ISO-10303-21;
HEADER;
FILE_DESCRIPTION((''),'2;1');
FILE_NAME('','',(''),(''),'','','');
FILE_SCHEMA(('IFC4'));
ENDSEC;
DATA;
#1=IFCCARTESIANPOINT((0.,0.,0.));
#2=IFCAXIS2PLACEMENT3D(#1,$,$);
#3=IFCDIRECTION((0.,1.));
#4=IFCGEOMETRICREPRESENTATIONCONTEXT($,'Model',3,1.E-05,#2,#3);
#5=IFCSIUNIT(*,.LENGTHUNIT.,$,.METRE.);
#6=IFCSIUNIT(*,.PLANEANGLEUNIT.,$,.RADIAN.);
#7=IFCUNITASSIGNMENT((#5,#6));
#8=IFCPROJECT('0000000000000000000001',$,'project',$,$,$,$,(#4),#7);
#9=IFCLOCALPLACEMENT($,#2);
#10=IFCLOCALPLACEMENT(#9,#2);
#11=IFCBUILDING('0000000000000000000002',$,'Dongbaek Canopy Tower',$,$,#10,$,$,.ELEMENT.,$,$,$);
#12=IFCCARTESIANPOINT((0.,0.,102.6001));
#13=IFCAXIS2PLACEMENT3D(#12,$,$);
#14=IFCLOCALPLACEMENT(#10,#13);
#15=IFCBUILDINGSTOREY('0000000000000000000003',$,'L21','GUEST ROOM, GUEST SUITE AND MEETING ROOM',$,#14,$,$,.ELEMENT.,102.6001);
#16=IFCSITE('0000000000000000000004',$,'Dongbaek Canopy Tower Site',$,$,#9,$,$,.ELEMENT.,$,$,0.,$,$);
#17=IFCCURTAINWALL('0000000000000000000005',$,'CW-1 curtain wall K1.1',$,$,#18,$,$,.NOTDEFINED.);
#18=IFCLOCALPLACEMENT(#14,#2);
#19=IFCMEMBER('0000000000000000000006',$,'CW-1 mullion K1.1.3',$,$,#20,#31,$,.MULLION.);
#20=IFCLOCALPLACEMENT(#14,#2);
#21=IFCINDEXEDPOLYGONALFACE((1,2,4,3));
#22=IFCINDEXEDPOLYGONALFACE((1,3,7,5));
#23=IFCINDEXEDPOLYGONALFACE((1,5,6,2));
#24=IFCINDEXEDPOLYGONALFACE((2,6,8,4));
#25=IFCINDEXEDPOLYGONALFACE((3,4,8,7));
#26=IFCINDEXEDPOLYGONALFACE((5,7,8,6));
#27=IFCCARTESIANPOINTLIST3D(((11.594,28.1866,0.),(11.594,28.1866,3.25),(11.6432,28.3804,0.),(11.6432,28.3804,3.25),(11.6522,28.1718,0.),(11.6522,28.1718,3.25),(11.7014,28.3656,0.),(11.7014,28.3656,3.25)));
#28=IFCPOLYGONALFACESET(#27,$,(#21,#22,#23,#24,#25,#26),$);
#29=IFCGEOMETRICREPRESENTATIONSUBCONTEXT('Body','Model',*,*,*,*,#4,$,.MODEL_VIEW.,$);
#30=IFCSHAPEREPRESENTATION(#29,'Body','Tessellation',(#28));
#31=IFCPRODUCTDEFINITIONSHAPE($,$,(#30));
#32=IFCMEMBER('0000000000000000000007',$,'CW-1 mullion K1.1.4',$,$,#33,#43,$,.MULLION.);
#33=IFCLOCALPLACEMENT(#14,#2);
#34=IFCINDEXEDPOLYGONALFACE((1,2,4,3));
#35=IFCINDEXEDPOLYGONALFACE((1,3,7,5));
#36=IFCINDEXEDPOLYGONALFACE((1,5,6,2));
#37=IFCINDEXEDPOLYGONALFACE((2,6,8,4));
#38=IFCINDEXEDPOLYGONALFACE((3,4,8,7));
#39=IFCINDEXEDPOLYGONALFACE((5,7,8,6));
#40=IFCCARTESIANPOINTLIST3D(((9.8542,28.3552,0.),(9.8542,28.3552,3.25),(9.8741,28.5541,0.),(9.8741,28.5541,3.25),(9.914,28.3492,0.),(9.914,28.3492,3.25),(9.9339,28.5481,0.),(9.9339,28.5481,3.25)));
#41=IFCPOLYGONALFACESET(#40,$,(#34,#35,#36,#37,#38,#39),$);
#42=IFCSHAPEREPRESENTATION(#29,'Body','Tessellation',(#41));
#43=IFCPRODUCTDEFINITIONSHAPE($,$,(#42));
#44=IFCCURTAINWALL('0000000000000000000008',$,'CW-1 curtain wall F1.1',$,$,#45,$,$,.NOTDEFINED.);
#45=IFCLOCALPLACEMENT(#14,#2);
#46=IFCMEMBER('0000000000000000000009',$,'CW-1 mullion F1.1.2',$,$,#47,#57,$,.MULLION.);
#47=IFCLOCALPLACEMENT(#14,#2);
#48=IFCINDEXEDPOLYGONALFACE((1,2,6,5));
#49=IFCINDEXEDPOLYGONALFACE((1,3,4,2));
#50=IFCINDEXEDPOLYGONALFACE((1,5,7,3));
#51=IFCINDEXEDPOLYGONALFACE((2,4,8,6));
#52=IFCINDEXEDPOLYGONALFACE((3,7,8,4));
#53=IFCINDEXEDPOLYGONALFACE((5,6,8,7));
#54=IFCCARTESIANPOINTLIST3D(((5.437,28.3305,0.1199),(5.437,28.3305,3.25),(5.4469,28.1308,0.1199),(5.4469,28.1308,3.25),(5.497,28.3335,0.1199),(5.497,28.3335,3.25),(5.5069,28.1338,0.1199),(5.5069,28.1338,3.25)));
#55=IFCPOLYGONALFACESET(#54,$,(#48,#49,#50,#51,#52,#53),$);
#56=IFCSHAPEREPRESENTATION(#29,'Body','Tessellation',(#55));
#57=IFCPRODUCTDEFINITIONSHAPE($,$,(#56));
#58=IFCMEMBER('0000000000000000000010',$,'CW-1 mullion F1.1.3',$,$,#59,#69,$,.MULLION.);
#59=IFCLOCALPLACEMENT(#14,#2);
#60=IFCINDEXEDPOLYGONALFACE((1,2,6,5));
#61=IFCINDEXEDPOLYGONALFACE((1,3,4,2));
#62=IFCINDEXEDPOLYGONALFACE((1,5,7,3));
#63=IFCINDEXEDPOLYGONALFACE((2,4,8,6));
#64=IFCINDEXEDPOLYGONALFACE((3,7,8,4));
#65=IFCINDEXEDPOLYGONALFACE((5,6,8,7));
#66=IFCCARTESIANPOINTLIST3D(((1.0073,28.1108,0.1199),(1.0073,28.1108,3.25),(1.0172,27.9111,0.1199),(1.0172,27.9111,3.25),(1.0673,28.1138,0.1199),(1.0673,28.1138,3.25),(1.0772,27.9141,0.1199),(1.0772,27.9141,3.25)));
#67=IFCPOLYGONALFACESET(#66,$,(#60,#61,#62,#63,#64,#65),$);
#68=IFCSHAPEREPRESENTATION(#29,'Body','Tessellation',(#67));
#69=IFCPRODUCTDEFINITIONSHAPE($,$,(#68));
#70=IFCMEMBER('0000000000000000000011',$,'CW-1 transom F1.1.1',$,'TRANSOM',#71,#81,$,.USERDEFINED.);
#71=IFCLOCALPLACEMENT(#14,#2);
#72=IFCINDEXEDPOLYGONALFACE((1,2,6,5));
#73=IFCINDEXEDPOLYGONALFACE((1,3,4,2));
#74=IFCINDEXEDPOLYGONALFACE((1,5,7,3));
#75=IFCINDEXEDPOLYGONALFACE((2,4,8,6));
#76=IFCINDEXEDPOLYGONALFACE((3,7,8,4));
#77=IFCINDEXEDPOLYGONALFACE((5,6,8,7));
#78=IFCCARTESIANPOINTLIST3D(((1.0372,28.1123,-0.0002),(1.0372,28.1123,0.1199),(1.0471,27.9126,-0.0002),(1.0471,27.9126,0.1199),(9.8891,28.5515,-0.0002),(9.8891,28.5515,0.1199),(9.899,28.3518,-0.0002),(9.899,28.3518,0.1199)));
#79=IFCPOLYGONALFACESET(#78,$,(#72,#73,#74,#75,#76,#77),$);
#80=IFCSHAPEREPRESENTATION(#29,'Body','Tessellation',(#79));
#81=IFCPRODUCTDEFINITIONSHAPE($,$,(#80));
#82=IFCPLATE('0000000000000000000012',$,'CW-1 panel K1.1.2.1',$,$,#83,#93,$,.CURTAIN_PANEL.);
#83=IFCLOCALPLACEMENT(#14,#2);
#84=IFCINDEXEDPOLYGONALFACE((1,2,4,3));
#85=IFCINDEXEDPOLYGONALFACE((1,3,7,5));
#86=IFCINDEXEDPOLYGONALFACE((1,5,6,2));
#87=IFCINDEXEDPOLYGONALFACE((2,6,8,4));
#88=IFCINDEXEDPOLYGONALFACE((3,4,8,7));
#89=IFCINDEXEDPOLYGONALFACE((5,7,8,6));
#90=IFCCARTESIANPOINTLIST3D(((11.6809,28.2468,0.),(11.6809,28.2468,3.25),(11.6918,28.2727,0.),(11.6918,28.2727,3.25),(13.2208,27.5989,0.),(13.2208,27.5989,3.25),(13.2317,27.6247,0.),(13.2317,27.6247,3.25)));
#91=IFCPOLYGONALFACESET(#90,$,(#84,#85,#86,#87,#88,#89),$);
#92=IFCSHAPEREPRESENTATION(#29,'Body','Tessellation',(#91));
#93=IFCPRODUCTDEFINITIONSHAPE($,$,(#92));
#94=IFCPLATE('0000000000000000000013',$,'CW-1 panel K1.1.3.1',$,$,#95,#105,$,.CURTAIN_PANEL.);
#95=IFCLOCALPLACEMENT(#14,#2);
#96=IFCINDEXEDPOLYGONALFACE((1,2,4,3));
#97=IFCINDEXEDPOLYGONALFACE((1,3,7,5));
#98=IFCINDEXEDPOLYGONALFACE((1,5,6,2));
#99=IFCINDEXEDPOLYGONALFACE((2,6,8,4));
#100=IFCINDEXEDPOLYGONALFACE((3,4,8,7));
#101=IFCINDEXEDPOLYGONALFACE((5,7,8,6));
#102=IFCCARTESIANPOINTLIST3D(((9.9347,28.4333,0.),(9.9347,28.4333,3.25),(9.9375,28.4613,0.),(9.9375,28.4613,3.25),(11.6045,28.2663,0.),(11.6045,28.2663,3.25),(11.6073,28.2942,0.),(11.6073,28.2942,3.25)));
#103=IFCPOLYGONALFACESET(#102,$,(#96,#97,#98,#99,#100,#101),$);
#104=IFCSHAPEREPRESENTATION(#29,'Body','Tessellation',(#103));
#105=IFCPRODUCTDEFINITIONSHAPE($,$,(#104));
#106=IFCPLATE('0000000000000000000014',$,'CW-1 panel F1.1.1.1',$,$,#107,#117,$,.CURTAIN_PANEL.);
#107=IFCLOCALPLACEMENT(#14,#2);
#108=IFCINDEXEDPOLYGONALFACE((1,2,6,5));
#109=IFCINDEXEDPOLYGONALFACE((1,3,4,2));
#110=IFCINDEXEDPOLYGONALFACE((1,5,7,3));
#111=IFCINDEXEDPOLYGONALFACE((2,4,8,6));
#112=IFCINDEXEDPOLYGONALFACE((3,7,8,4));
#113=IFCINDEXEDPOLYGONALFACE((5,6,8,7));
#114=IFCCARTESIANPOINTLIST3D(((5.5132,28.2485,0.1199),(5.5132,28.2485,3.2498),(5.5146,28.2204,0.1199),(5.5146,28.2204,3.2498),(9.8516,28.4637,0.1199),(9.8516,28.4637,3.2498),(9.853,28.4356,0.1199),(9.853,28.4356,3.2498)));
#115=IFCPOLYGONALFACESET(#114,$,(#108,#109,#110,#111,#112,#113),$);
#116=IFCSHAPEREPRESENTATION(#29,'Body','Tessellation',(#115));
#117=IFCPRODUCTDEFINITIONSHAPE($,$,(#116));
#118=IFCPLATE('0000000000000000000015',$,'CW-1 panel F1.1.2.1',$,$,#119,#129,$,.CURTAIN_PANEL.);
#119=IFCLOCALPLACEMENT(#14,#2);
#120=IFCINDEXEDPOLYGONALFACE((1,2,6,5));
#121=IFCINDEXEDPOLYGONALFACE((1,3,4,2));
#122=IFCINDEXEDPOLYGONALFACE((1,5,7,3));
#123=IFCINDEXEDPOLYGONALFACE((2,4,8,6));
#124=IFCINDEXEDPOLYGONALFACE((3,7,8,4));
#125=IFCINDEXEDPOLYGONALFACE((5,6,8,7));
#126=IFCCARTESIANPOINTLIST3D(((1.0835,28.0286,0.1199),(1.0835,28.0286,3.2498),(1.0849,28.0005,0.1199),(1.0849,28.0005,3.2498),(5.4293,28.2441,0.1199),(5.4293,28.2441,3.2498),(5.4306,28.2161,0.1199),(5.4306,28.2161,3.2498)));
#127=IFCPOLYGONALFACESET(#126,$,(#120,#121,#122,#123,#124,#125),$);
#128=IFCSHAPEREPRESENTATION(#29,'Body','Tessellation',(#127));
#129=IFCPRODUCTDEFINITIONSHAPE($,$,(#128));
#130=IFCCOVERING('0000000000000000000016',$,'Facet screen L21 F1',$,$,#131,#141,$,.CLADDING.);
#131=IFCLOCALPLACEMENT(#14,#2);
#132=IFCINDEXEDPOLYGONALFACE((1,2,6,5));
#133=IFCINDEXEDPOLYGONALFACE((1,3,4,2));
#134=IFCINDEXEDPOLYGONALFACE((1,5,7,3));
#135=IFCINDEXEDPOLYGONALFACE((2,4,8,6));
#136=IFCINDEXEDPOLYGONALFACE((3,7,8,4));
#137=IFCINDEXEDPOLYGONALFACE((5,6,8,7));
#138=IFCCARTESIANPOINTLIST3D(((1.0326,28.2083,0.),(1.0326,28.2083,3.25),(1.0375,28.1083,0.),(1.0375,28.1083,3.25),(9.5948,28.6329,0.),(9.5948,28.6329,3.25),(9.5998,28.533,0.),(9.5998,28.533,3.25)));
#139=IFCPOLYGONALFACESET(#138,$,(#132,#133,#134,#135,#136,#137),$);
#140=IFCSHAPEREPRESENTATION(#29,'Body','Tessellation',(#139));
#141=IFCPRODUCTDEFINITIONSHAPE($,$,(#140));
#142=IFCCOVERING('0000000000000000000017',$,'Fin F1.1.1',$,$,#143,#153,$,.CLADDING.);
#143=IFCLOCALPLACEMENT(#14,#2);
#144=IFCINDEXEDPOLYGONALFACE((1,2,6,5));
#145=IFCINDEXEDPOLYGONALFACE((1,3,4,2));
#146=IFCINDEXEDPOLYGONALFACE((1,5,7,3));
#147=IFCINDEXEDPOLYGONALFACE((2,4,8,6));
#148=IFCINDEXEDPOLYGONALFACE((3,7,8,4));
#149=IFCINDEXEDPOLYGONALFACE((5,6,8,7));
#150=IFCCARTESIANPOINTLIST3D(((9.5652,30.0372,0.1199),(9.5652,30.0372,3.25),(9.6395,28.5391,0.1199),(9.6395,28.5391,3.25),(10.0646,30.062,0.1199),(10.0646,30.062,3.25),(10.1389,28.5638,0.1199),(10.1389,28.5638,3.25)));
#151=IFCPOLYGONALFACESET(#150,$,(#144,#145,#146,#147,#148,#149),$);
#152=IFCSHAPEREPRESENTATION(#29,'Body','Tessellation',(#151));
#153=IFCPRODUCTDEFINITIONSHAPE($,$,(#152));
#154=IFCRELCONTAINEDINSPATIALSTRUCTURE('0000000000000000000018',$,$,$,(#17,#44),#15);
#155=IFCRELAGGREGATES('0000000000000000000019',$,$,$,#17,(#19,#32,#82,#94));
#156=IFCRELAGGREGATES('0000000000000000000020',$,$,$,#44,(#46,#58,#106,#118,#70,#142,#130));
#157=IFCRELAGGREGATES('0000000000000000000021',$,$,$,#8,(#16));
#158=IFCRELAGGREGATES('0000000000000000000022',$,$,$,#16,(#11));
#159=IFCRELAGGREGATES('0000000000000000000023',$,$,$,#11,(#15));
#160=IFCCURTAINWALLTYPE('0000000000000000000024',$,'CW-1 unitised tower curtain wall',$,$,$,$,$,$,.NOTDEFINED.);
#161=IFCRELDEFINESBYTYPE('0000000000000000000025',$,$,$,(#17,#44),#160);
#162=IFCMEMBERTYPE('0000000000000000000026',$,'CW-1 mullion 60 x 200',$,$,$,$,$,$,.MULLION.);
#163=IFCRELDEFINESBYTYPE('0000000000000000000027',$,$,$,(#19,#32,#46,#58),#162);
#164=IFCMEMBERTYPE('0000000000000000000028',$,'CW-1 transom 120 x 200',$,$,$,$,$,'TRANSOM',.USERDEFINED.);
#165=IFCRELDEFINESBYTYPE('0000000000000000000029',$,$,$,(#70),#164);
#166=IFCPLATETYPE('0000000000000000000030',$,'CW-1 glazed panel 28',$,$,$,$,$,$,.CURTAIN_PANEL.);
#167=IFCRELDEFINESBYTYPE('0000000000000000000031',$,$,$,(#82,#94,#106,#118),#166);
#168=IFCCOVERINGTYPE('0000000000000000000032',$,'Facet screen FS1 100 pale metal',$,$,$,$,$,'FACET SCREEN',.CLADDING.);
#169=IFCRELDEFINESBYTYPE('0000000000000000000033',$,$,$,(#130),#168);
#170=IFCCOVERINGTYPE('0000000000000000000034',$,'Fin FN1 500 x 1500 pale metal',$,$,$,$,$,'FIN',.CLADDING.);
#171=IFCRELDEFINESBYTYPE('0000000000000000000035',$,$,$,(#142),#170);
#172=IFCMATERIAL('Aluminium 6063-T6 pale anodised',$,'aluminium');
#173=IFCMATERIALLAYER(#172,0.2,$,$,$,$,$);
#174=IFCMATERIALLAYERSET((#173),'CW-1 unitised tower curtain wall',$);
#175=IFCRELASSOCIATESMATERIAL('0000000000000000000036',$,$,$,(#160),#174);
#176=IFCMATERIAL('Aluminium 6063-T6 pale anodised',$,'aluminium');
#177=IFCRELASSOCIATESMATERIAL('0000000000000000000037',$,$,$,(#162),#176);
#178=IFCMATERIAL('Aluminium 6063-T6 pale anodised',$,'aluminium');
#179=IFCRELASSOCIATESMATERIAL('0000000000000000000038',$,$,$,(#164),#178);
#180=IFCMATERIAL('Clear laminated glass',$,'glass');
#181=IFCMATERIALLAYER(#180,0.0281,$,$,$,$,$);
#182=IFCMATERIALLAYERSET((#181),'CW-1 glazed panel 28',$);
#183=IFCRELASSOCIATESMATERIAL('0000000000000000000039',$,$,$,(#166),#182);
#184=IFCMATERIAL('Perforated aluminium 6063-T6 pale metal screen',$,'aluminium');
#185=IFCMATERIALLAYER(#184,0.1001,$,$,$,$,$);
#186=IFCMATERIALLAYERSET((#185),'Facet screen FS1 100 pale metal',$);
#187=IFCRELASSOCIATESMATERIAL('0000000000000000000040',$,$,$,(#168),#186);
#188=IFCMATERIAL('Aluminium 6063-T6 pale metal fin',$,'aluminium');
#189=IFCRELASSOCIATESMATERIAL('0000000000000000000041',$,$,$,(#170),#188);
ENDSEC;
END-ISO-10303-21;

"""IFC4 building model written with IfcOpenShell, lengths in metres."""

from ifc_helpers import new_model, si_unit, direction, frame, origin, origin_2d, place, context, subcontext, project, spatial, rectangle, extrude, material, layer, layer_set, material_profile, profile_set, type_object, element, aggregate, save


model = new_model("IFC4")

# Units and contexts
model_context = context("Model", 3, precision=1e-05, world=origin(), true_north=direction((0.0, 1.0)))
body_context = subcontext(model_context, "Body", "Model", "MODEL_VIEW")
ifc_project = project(units=[si_unit("LENGTHUNIT", "METRE"), si_unit("PLANEANGLEUNIT", "RADIAN")], contexts=[model_context])

# Site, building, storey
site_placement = place(None, origin())
site = spatial("IfcSite", under=ifc_project, at=site_placement, Name="Dongbaek Canopy Tower Site", CompositionType="ELEMENT", RefElevation=0.0)
building_placement = place(site_placement, origin())
building = spatial("IfcBuilding", under=site, at=building_placement, Name="Dongbaek Canopy Tower", CompositionType="ELEMENT")
storey_placement = place(building_placement, frame((0.0, 0.0, 102.6001)))
storey = spatial("IfcBuildingStorey", under=building, at=storey_placement, Name="L21", Description="GUEST ROOM, GUEST SUITE AND MEETING ROOM", CompositionType="ELEMENT", Elevation=102.6001)

# Curtain walls, members
ifc_material_1 = material(Name="Aluminium 6063-T6 pale anodised", Category="aluminium")
ifc_layer_1 = layer(ifc_material_1, 0.2)
ifc_layer_set_1 = layer_set([ifc_layer_1], Name="CW-1 unitised tower curtain wall")
curtain_wall_type = type_object("IfcCurtainWallType", Name="CW-1 unitised tower curtain wall", PredefinedType="NOTDEFINED", material=ifc_layer_set_1)
curtain_wall_1_placement = place(storey_placement, origin())
curtain_wall_1 = element("IfcCurtainWall", 1, at=curtain_wall_1_placement, inside=storey, type_object=curtain_wall_type, Name="CW-1 curtain wall K1.1", PredefinedType="NOTDEFINED")
ifc_material_2 = material(Name="Aluminium 6063-T6 pale anodised", Category="aluminium")
ifc_material_profile_1 = material_profile(ifc_material_2, rectangle(XDim=0.2, YDim=0.0601, at=origin_2d()), Name="CW-1 mullion 60 x 200")
ifc_profile_set_1 = profile_set([ifc_material_profile_1], Name="Aluminium 6063-T6 pale anodised")
member_type_1 = type_object("IfcMemberType", Name="CW-1 mullion 60 x 200", PredefinedType="MULLION", material=ifc_profile_set_1)
member_1_placement = place(storey_placement, frame((11.6477, 28.2761, 0.0), z_axis=(0.0, 0.0, 1.0), x_axis=(0.246453, 0.969155, 0.0)))
member_1 = element("IfcMember", 2, at=member_1_placement, type_object=member_type_1, Name="CW-1 mullion K1.1.3", PredefinedType="MULLION", context=body_context, shape_type="SweptSolid", body=[
    extrude(rectangle(XDim=0.2, YDim=0.0601, at=origin_2d()), origin(), (0.0, 0.0, 1.0), 3.25),
])
member_2_placement = place(storey_placement, frame((9.894, 28.4517, 0.0), z_axis=(0.0, 0.0, 1.0), x_axis=(0.099565, 0.995031, 0.0)))
member_2 = element("IfcMember", 3, at=member_2_placement, type_object=member_type_1, Name="CW-1 mullion K1.1.4", PredefinedType="MULLION", context=body_context, shape_type="SweptSolid", body=[
    extrude(rectangle(XDim=0.2, YDim=0.0601, at=origin_2d()), origin(), (0.0, 0.0, 1.0), 3.25),
])
curtain_wall_2_placement = place(storey_placement, origin())
curtain_wall_2 = element("IfcCurtainWall", 4, at=curtain_wall_2_placement, inside=storey, type_object=curtain_wall_type, Name="CW-1 curtain wall F1.1", PredefinedType="NOTDEFINED")
member_3_placement = place(storey_placement, frame((5.4719, 28.2322, 0.1199), z_axis=(0.0, 0.0, 1.0), x_axis=(-0.049538, 0.998772, 0.0)))
member_3 = element("IfcMember", 5, at=member_3_placement, type_object=member_type_1, Name="CW-1 mullion F1.1.2", PredefinedType="MULLION", context=body_context, shape_type="SweptSolid", body=[
    extrude(rectangle(XDim=0.2, YDim=0.0601, at=origin_2d()), origin(), (0.0, 0.0, 1.0), 3.1301),
])
member_4_placement = place(storey_placement, frame((1.0422, 28.0125, 0.1199), z_axis=(0.0, 0.0, 1.0), x_axis=(-0.049538, 0.998772, 0.0)))
member_4 = element("IfcMember", 6, at=member_4_placement, type_object=member_type_1, Name="CW-1 mullion F1.1.3", PredefinedType="MULLION", context=body_context, shape_type="SweptSolid", body=[
    extrude(rectangle(XDim=0.2, YDim=0.0601, at=origin_2d()), origin(), (0.0, 0.0, 1.0), 3.1301),
])
ifc_material_3 = material(Name="Aluminium 6063-T6 pale anodised", Category="aluminium")
ifc_material_profile_2 = material_profile(ifc_material_3, rectangle(XDim=0.2, YDim=0.1201, at=origin_2d()), Name="CW-1 transom 120 x 200")
ifc_profile_set_2 = profile_set([ifc_material_profile_2], Name="Aluminium 6063-T6 pale anodised")
member_type_2 = type_object("IfcMemberType", Name="CW-1 transom 120 x 200", ElementType="TRANSOM", PredefinedType="USERDEFINED", material=ifc_profile_set_2)
member_5_placement = place(storey_placement, frame((9.894, 28.4517, 0.0598), z_axis=(-0.998771, -0.049557, 0.0), x_axis=(0.049557, -0.998771, 0.0)))
member_5 = element("IfcMember", 7, at=member_5_placement, type_object=member_type_2, Name="CW-1 transom F1.1.1", ObjectType="TRANSOM", PredefinedType="USERDEFINED", context=body_context, shape_type="SweptSolid", body=[
    extrude(rectangle(XDim=0.2, YDim=0.1201, at=origin_2d()), origin(), (0.0, 0.0, 1.0), 8.8628),
])

# Plates
ifc_material_4 = material(Name="Clear laminated glass", Category="glass")
ifc_layer_2 = layer(ifc_material_4, 0.0281)
ifc_layer_set_2 = layer_set([ifc_layer_2], Name="CW-1 glazed panel 28")
plate_type = type_object("IfcPlateType", Name="CW-1 glazed panel 28", PredefinedType="CURTAIN_PANEL", material=ifc_layer_set_2)
plate_1_placement = place(storey_placement, frame((12.4563, 27.9358, 0.0), z_axis=(0.0, 0.0, 1.0), x_axis=(-0.921719, 0.387858, 0.0)))
plate_1 = element("IfcPlate", 8, at=plate_1_placement, type_object=plate_type, Name="CW-1 panel K1.1.2.1", PredefinedType="CURTAIN_PANEL", context=body_context, shape_type="SweptSolid", body=[
    extrude(rectangle(XDim=1.6707, YDim=0.0281, at=origin_2d()), origin(), (0.0, 0.0, 1.0), 3.25),
])
plate_2_placement = place(storey_placement, frame((10.771, 28.3638, 0.0), z_axis=(0.0, 0.0, 1.0), x_axis=(-0.995031, 0.099565, 0.0)))
plate_2 = element("IfcPlate", 9, at=plate_2_placement, type_object=plate_type, Name="CW-1 panel K1.1.3.1", PredefinedType="CURTAIN_PANEL", context=body_context, shape_type="SweptSolid", body=[
    extrude(rectangle(XDim=1.6782, YDim=0.0281, at=origin_2d()), origin(), (0.0, 0.0, 1.0), 3.25),
])
aggregate(curtain_wall_1, [member_1, member_2, plate_1, plate_2])
plate_3_placement = place(storey_placement, frame((7.6831, 28.342, 0.1199), z_axis=(0.0, 0.0, 1.0), x_axis=(-0.998772, -0.049538, 0.0)))
plate_3 = element("IfcPlate", 10, at=plate_3_placement, type_object=plate_type, Name="CW-1 panel F1.1.1.1", PredefinedType="CURTAIN_PANEL", context=body_context, shape_type="SweptSolid", body=[
    extrude(rectangle(XDim=4.3438, YDim=0.0281, at=origin_2d()), origin(), (0.0, 0.0, 1.0), 3.1299),
])
plate_4_placement = place(storey_placement, frame((3.2571, 28.1223, 0.1199), z_axis=(0.0, 0.0, 1.0), x_axis=(-0.998772, -0.049538, 0.0)))
plate_4 = element("IfcPlate", 11, at=plate_4_placement, type_object=plate_type, Name="CW-1 panel F1.1.2.1", PredefinedType="CURTAIN_PANEL", context=body_context, shape_type="SweptSolid", body=[
    extrude(rectangle(XDim=4.3511, YDim=0.0281, at=origin_2d()), origin(), (0.0, 0.0, 1.0), 3.1299),
])

# Coverings
ifc_material_5 = material(Name="Perforated aluminium 6063-T6 pale metal screen", Category="aluminium")
ifc_layer_3 = layer(ifc_material_5, 0.1001)
ifc_layer_set_3 = layer_set([ifc_layer_3], Name="Facet screen FS1 100 pale metal")
covering_type_1 = type_object("IfcCoveringType", Name="Facet screen FS1 100 pale metal", ElementType="FACET SCREEN", PredefinedType="CLADDING", material=ifc_layer_set_3)
covering_1_placement = place(storey_placement, frame((5.3162, 28.3706, 0.0), z_axis=(0.0, 0.0, 1.0), x_axis=(-0.998772, -0.049538, 0.0)))
covering_1 = element("IfcCovering", 12, at=covering_1_placement, type_object=covering_type_1, Name="Facet screen L21 F1", PredefinedType="CLADDING", context=body_context, shape_type="SweptSolid", body=[
    extrude(rectangle(XDim=8.5728, YDim=0.1001, at=origin_2d()), origin(), (0.0, 0.0, 1.0), 3.25),
])
ifc_material_6 = material(Name="Aluminium 6063-T6 pale metal fin", Category="aluminium")
ifc_material_profile_3 = material_profile(ifc_material_6, rectangle(XDim=1.5, YDim=0.5, at=origin_2d()), Name="Fin FN1 500 x 1500 pale metal")
ifc_profile_set_3 = profile_set([ifc_material_profile_3], Name="Aluminium 6063-T6 pale metal fin")
covering_type_2 = type_object("IfcCoveringType", Name="Fin FN1 500 x 1500 pale metal", ElementType="FIN", PredefinedType="CLADDING", material=ifc_profile_set_3)
covering_2_placement = place(storey_placement, frame((9.8521, 29.3005, 0.1199), z_axis=(0.0, 0.0, 1.0), x_axis=(-0.049538, 0.998772, 0.0)))
covering_2 = element("IfcCovering", 13, at=covering_2_placement, type_object=covering_type_2, Name="Fin F1.1.1", PredefinedType="CLADDING", context=body_context, shape_type="SweptSolid", body=[
    extrude(rectangle(XDim=1.5, YDim=0.5, at=origin_2d()), origin(), (0.0, 0.0, 1.0), 3.1301),
])
aggregate(curtain_wall_2, [member_3, member_4, plate_3, plate_4, member_5, covering_2, covering_1])

save(model, "model.ifc")
